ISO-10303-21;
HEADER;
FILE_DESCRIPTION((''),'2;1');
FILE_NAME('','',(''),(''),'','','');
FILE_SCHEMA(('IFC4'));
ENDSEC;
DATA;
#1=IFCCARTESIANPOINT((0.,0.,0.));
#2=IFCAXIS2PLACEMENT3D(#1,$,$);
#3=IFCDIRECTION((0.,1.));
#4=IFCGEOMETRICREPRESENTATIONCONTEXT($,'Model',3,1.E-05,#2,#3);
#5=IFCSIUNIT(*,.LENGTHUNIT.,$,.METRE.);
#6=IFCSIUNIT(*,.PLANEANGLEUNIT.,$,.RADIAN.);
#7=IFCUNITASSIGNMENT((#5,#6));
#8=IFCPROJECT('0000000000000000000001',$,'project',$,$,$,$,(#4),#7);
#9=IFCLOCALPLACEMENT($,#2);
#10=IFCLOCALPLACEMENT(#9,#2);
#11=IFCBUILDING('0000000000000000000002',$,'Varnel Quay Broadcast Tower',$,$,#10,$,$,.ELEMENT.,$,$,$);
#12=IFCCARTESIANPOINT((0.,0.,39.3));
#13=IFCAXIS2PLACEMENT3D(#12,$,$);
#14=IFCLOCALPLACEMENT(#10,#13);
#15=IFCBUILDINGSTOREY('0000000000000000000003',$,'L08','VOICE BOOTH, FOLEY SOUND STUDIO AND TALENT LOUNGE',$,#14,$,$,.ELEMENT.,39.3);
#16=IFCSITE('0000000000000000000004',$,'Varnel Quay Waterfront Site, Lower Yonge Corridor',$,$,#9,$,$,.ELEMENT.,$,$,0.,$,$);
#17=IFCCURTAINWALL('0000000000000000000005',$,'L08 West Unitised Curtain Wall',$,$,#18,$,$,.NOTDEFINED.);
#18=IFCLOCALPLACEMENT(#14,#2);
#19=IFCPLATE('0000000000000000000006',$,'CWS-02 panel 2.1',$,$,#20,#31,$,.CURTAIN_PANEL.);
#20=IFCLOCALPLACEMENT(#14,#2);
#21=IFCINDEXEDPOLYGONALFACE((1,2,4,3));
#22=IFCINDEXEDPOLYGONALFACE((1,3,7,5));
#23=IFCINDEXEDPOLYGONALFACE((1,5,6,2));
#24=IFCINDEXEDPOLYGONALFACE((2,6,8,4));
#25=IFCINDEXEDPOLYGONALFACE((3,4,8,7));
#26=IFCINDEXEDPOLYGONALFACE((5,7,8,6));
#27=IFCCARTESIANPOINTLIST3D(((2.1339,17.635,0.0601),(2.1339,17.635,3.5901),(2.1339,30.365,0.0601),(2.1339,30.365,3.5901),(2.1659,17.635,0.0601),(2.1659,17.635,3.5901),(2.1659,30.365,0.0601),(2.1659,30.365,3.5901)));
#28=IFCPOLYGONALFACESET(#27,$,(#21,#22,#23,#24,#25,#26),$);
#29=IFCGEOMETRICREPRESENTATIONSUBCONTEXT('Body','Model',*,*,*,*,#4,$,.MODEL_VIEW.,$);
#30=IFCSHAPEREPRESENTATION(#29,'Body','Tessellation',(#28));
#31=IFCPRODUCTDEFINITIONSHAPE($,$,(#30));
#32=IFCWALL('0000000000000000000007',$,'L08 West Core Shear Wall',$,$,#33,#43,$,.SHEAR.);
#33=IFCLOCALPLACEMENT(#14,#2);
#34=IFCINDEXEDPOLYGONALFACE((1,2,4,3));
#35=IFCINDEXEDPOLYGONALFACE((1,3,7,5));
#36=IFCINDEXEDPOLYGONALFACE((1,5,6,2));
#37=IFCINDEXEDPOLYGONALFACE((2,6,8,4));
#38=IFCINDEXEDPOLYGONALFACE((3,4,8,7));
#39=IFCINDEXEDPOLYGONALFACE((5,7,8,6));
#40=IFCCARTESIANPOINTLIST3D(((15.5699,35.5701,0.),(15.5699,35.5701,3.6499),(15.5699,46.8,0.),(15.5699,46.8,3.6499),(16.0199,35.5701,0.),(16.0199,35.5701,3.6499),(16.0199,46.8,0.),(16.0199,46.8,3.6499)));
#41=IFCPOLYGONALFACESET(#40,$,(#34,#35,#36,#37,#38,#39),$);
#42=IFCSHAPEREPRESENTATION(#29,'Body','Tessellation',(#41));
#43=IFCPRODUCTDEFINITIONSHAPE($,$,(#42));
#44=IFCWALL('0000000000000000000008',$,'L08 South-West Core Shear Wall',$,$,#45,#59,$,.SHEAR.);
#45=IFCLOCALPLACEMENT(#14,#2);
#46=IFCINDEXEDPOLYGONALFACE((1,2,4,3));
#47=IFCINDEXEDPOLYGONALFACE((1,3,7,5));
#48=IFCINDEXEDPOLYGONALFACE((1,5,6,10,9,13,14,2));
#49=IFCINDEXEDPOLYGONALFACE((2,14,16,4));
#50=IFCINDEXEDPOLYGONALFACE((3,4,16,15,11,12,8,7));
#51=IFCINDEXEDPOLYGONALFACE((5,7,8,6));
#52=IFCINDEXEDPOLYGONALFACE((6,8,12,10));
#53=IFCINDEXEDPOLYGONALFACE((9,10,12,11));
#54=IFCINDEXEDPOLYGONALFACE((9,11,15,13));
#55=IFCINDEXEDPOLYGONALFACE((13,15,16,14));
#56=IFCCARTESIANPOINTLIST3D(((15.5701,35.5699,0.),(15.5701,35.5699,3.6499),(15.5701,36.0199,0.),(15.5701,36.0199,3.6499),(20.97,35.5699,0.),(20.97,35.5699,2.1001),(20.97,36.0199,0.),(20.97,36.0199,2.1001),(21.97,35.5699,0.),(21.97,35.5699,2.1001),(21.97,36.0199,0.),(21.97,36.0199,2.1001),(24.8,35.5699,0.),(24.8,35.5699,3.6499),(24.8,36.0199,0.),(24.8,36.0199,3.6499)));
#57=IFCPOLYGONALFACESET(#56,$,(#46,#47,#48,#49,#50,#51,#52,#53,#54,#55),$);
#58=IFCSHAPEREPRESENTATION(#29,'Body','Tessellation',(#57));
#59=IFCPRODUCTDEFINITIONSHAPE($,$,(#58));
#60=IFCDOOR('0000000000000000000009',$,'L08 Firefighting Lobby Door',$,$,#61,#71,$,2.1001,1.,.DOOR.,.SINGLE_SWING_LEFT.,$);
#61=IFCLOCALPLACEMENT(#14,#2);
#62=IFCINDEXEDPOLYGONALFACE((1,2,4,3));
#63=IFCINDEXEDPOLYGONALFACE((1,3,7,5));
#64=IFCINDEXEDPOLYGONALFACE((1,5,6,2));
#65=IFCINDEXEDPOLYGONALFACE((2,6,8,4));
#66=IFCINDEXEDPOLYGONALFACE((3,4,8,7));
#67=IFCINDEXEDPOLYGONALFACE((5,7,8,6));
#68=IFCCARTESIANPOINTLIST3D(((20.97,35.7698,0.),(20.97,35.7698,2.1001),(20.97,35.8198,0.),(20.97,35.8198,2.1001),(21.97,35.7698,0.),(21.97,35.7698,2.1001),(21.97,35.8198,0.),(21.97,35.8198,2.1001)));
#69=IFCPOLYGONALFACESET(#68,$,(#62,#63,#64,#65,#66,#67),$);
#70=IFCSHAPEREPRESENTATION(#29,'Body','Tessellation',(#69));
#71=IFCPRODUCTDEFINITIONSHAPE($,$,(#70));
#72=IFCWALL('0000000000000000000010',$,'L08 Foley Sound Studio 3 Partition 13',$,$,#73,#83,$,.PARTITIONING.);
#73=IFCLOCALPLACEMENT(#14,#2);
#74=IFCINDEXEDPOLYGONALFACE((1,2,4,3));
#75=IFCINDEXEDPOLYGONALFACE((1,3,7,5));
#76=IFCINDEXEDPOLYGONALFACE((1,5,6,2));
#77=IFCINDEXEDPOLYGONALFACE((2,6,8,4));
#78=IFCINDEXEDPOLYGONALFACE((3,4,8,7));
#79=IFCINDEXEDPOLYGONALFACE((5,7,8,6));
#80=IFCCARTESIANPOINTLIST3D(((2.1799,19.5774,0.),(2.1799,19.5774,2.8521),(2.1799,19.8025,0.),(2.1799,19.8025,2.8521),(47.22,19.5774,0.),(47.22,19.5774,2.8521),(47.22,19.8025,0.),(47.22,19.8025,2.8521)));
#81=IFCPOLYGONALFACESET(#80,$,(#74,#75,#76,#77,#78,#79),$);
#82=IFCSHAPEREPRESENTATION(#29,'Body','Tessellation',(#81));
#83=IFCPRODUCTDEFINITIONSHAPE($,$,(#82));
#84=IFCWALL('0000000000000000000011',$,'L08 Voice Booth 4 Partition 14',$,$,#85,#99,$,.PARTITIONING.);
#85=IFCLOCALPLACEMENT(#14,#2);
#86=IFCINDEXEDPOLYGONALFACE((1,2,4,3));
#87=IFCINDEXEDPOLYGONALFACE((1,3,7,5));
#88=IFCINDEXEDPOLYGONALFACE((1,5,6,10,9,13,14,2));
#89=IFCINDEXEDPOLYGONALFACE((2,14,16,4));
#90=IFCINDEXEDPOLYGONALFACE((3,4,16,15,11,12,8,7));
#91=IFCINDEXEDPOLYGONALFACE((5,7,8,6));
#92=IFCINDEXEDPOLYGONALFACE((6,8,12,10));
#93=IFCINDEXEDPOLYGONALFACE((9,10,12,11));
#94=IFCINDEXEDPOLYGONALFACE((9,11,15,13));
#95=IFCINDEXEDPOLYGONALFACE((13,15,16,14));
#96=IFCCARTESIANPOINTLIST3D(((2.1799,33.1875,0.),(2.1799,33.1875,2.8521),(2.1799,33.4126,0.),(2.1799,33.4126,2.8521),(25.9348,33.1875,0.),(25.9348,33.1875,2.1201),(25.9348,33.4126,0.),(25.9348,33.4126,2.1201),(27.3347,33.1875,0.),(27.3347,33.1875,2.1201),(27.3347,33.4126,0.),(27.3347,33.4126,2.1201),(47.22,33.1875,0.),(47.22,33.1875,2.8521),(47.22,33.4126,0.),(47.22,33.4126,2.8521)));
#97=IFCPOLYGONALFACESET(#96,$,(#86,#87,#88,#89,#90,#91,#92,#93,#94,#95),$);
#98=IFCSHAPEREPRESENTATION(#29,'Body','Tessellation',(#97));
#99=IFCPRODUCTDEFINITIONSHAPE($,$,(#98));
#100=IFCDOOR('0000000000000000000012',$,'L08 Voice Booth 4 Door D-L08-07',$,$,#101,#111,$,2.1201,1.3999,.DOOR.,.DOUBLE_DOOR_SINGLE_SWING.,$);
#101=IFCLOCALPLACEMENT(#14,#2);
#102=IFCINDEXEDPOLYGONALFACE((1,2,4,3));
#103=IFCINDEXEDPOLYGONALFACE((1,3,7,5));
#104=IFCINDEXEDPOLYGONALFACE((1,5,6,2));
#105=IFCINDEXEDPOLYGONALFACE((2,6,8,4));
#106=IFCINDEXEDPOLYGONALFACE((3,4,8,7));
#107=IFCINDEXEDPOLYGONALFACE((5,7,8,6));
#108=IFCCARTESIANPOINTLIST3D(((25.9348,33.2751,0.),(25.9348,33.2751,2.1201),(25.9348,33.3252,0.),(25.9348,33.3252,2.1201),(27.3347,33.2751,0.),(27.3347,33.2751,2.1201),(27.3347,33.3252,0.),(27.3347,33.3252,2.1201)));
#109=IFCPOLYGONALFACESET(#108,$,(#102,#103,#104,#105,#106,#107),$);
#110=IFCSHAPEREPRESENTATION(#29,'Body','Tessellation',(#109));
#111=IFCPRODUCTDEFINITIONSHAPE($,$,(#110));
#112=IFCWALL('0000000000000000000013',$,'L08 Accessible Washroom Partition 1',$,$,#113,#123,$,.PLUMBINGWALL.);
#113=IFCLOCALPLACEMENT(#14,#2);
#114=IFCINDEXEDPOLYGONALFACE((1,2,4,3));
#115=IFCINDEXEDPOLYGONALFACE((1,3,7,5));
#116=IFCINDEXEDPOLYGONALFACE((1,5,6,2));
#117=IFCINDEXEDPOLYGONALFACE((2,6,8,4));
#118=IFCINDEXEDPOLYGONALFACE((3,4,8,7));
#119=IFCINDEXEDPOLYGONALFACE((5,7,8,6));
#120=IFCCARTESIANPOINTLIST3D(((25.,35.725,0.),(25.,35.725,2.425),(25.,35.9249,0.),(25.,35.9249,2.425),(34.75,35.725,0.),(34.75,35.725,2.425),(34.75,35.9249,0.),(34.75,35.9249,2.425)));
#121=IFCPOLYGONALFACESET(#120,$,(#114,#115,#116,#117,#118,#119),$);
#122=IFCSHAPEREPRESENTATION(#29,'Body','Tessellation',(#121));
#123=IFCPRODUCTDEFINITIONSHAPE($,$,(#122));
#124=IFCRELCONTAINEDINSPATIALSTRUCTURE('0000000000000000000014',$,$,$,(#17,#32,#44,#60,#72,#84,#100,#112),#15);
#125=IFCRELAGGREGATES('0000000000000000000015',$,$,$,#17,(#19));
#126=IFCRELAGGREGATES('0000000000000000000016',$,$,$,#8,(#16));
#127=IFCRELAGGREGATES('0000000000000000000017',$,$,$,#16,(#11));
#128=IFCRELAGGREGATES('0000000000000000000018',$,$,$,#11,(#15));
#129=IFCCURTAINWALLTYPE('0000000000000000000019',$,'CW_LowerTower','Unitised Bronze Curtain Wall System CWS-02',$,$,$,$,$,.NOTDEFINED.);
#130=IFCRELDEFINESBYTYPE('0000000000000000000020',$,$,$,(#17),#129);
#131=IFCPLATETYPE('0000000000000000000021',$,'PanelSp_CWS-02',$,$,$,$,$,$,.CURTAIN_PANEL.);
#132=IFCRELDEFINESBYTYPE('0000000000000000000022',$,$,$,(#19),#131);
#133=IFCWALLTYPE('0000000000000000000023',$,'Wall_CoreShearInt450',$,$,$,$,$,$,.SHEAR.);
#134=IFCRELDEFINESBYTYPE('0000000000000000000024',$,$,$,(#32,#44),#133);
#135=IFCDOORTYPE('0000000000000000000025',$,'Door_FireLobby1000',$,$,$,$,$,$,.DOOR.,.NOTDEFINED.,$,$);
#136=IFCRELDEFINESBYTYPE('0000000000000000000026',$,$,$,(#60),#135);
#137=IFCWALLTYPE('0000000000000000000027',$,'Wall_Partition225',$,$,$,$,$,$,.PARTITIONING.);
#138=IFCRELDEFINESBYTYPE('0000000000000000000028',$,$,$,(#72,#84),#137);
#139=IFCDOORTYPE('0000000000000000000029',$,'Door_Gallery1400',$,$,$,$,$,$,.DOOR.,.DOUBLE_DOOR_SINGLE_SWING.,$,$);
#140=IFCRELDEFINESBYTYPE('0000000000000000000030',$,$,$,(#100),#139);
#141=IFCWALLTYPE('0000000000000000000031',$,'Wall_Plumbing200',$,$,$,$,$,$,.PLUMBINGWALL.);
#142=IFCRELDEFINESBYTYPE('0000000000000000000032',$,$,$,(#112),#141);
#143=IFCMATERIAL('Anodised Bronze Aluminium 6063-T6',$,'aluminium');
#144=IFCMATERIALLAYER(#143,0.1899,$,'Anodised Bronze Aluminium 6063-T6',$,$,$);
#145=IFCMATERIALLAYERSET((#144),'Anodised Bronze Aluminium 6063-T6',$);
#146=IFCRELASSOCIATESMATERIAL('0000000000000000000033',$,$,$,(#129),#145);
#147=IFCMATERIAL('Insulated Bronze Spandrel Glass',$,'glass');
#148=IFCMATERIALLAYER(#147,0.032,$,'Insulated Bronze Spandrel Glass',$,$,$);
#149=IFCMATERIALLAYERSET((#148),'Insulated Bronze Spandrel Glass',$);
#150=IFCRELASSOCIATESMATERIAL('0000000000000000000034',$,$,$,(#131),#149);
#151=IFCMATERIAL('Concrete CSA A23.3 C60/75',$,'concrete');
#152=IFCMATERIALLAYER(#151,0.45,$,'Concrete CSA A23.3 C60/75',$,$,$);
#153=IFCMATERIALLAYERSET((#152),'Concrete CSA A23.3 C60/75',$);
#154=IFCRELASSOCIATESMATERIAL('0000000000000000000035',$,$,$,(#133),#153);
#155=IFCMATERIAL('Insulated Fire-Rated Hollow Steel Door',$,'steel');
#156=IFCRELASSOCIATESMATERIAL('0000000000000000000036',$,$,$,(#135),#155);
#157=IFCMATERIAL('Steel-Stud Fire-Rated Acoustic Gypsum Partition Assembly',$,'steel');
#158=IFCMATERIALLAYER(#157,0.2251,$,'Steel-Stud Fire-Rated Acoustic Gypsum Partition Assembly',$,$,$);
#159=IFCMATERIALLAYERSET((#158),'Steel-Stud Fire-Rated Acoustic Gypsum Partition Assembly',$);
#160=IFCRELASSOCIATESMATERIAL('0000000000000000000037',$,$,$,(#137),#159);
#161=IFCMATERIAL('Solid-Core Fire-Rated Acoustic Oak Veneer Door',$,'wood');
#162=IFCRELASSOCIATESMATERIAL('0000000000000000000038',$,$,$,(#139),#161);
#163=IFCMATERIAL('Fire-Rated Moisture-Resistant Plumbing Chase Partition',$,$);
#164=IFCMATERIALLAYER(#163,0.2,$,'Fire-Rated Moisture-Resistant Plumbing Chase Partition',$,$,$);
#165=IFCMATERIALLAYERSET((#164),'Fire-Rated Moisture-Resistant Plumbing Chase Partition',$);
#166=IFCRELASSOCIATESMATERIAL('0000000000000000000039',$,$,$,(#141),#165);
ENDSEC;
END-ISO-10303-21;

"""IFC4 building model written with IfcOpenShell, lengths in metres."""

from ifc_helpers import new_model, si_unit, direction, frame, frame_2d, origin, origin_2d, place, context, subcontext, project, spatial, rectangle, extrude, source, transform, mapped, material, layer, layer_set, type_object, type_shapes, element, fill, aggregate, save


model = new_model("IFC4")

# Units and contexts
model_context = context("Model", 3, precision=1e-05, world=origin(), true_north=direction((0.0, 1.0)))
body_context = subcontext(model_context, "Body", "Model", "MODEL_VIEW")
ifc_project = project(units=[si_unit("LENGTHUNIT", "METRE"), si_unit("PLANEANGLEUNIT", "RADIAN")], contexts=[model_context])

# Site, building, storey
site_placement = place(None, origin())
site = spatial("IfcSite", under=ifc_project, at=site_placement, Name="Varnel Quay Waterfront Site, Lower Yonge Corridor", CompositionType="ELEMENT", RefElevation=0.0)
building_placement = place(site_placement, origin())
building = spatial("IfcBuilding", under=site, at=building_placement, Name="Varnel Quay Broadcast Tower", CompositionType="ELEMENT")
storey_placement = place(building_placement, frame((0.0, 0.0, 39.3)))
storey = spatial("IfcBuildingStorey", under=building, at=storey_placement, Name="L08", Description="VOICE BOOTH, FOLEY SOUND STUDIO AND TALENT LOUNGE", CompositionType="ELEMENT", Elevation=39.3)

# Shared definitions
ifc_material_1 = material(Name="Concrete CSA A23.3 C60/75", Category="concrete")

# Curtain wall
ifc_material_2 = material(Name="Anodised Bronze Aluminium 6063-T6", Category="aluminium")
ifc_layer_1 = layer(ifc_material_2, 0.1899, Name="Anodised Bronze Aluminium 6063-T6")
ifc_layer_set_1 = layer_set([ifc_layer_1], Name="Anodised Bronze Aluminium 6063-T6")
curtain_wall_type = type_object("IfcCurtainWallType", Name="CW_LowerTower", Description="Unitised Bronze Curtain Wall System CWS-02", PredefinedType="NOTDEFINED", material=ifc_layer_set_1)
curtain_wall_placement = place(storey_placement, origin())
curtain_wall = element("IfcCurtainWall", 1, at=curtain_wall_placement, inside=storey, type_object=curtain_wall_type, Name="L08 West Unitised Curtain Wall", PredefinedType="NOTDEFINED")

# Plate
ifc_material_3 = material(Name="Insulated Bronze Spandrel Glass", Category="glass")
ifc_layer_2 = layer(ifc_material_3, 0.032, Name="Insulated Bronze Spandrel Glass")
ifc_layer_set_2 = layer_set([ifc_layer_2], Name="Insulated Bronze Spandrel Glass")
plate_type_1 = type_object("IfcPlateType", Name="PanelSp_CWS-02", PredefinedType="CURTAIN_PANEL", material=ifc_layer_set_2)
shared_shape_1 = source(origin(), body_context, "Body", "SweptSolid", [
    extrude(rectangle(XDim=12.73, YDim=0.032, at=origin_2d()), origin(), (0.0, 0.0, 1.0), 3.53),
])
type_shapes(plate_type_1, [shared_shape_1])
plate_placement = place(storey_placement, frame((2.1499, 24.0, 0.0601), z_axis=(0.0, 0.0, 1.0), x_axis=(0.0, 1.0, 0.0)))
plate = element("IfcPlate", 2, at=plate_placement, type_object=plate_type_1, Name="CWS-02 panel 2.1", PredefinedType="CURTAIN_PANEL", context=body_context, shape_type="MappedRepresentation", body=[
    mapped(shared_shape_1, transform((0.0, 0.0, 0.0), x_axis=(1.0, 0.0, 0.0), y_axis=(0.0, 1.0, 0.0), z_axis=(0.0, 0.0, 1.0), scale=1.0)),
])
aggregate(curtain_wall, [plate])

# Wall
ifc_layer_3 = layer(ifc_material_1, 0.45, Name="Concrete CSA A23.3 C60/75")
ifc_layer_set_3 = layer_set([ifc_layer_3], Name="Concrete CSA A23.3 C60/75")
wall_type_1 = type_object("IfcWallType", Name="Wall_CoreShearInt450", PredefinedType="SHEAR", material=ifc_layer_set_3)
wall_1_placement = place(storey_placement, frame((15.7949, 35.5701, 0.0), z_axis=(0.0, 0.0, 1.0), x_axis=(0.0, 1.0, 0.0)))
element("IfcWall", 3, at=wall_1_placement, inside=storey, type_object=wall_type_1, Name="L08 West Core Shear Wall", PredefinedType="SHEAR", context=body_context, shape_type="SweptSolid", body=[
    extrude(rectangle(XDim=11.23, YDim=0.45, at=frame_2d((5.615, 0.0))), origin(), (0.0, 0.0, 1.0), 3.6499),
])

# Wall, opening, door
wall_2_placement = place(storey_placement, frame((15.5701, 35.7949, 0.0), z_axis=(0.0, 0.0, 1.0), x_axis=(1.0, 0.0, 0.0)))
wall_2 = element("IfcWall", 4, at=wall_2_placement, inside=storey, type_object=wall_type_1, Name="L08 South-West Core Shear Wall", PredefinedType="SHEAR", context=body_context, shape_type="SweptSolid", body=[
    extrude(rectangle(XDim=9.23, YDim=0.45, at=frame_2d((4.615, 0.0))), origin(), (0.0, 0.0, 1.0), 3.6499),
])
opening_1_placement = place(wall_2_placement, frame((5.3999, 0.0, 0.0)))
opening_1 = element("IfcOpeningElement", 5, at=opening_1_placement, cuts=wall_2, PredefinedType="OPENING", context=body_context, shape_type="SweptSolid", body=[
    extrude(rectangle(XDim=1.0, YDim=2.1001, at=frame_2d((0.5, 1.05))), frame((0.0, 0.2349, 0.0), z_axis=(0.0, -1.0, 0.0), x_axis=(1.0, 0.0, 0.0)), (0.0, 0.0, 1.0), 0.47),
])
ifc_material_4 = material(Name="Insulated Fire-Rated Hollow Steel Door", Category="steel")
door_type_1 = type_object("IfcDoorType", Name="Door_FireLobby1000", OperationType="NOTDEFINED", PredefinedType="DOOR", material=ifc_material_4)
shared_shape_2 = source(origin(), body_context, "Body", "SweptSolid", [
    extrude(rectangle(XDim=1.0, YDim=2.1001, at=frame_2d((0.5, 1.05))), frame((0.0, 0.0249, 0.0), z_axis=(0.0, -1.0, 0.0), x_axis=(1.0, 0.0, 0.0)), (0.0, 0.0, 1.0), 0.05),
])
type_shapes(door_type_1, [shared_shape_2])
door_1_placement = place(opening_1_placement, origin())
door_1 = element("IfcDoor", 6, at=door_1_placement, inside=storey, type_object=door_type_1, Name="L08 Firefighting Lobby Door", OperationType="SINGLE_SWING_LEFT", OverallHeight=2.1001, OverallWidth=1.0, PredefinedType="DOOR", context=body_context, shape_type="MappedRepresentation", body=[
    mapped(shared_shape_2, transform((0.0, 0.0, 0.0), x_axis=(1.0, 0.0, 0.0), y_axis=(0.0, 1.0, 0.0), z_axis=(0.0, 0.0, 1.0), scale=1.0)),
])
fill(opening_1, door_1)

# Wall
ifc_material_5 = material(Name="Steel-Stud Fire-Rated Acoustic Gypsum Partition Assembly", Category="steel")
ifc_layer_4 = layer(ifc_material_5, 0.2251, Name="Steel-Stud Fire-Rated Acoustic Gypsum Partition Assembly")
ifc_layer_set_4 = layer_set([ifc_layer_4], Name="Steel-Stud Fire-Rated Acoustic Gypsum Partition Assembly")
wall_type_2 = type_object("IfcWallType", Name="Wall_Partition225", PredefinedType="PARTITIONING", material=ifc_layer_set_4)
wall_3_placement = place(storey_placement, frame((2.1799, 19.6899, 0.0), z_axis=(0.0, 0.0, 1.0), x_axis=(1.0, 0.0, 0.0)))
element("IfcWall", 7, at=wall_3_placement, inside=storey, type_object=wall_type_2, Name="L08 Foley Sound Studio 3 Partition 13", PredefinedType="PARTITIONING", context=body_context, shape_type="SweptSolid", body=[
    extrude(rectangle(XDim=45.04, YDim=0.2251, at=frame_2d((22.52, 0.0))), origin(), (0.0, 0.0, 1.0), 2.8521),
])

# Wall, opening, door
wall_4_placement = place(storey_placement, frame((2.1799, 33.3, 0.0), z_axis=(0.0, 0.0, 1.0), x_axis=(1.0, 0.0, 0.0)))
wall_4 = element("IfcWall", 8, at=wall_4_placement, inside=storey, type_object=wall_type_2, Name="L08 Voice Booth 4 Partition 14", PredefinedType="PARTITIONING", context=body_context, shape_type="SweptSolid", body=[
    extrude(rectangle(XDim=45.04, YDim=0.2251, at=frame_2d((22.52, 0.0))), origin(), (0.0, 0.0, 1.0), 2.8521),
])
opening_2_placement = place(wall_4_placement, frame((23.7549, 0.0, 0.0)))
opening_2 = element("IfcOpeningElement", 9, at=opening_2_placement, cuts=wall_4, PredefinedType="OPENING", context=body_context, shape_type="SweptSolid", body=[
    extrude(rectangle(XDim=1.3999, YDim=2.1201, at=frame_2d((0.7, 1.0601))), frame((0.0, 0.1226, 0.0), z_axis=(0.0, -1.0, 0.0), x_axis=(1.0, 0.0, 0.0)), (0.0, 0.0, 1.0), 0.2451),
])
ifc_material_6 = material(Name="Solid-Core Fire-Rated Acoustic Oak Veneer Door", Category="wood")
door_type_2 = type_object("IfcDoorType", Name="Door_Gallery1400", OperationType="DOUBLE_DOOR_SINGLE_SWING", PredefinedType="DOOR", material=ifc_material_6)
shared_shape_3 = source(origin(), body_context, "Body", "SweptSolid", [
    extrude(rectangle(XDim=1.3999, YDim=2.1201, at=frame_2d((0.7, 1.0601))), frame((0.0, 0.0249, 0.0), z_axis=(0.0, -1.0, 0.0), x_axis=(1.0, 0.0, 0.0)), (0.0, 0.0, 1.0), 0.05),
])
type_shapes(door_type_2, [shared_shape_3])
door_2_placement = place(opening_2_placement, frame((1.3999, 0.0, 0.0), z_axis=(0.0, 0.0, 1.0), x_axis=(-1.0, 0.0, 0.0)))
door_2 = element("IfcDoor", 10, at=door_2_placement, inside=storey, type_object=door_type_2, Name="L08 Voice Booth 4 Door D-L08-07", OperationType="DOUBLE_DOOR_SINGLE_SWING", OverallHeight=2.1201, OverallWidth=1.3999, PredefinedType="DOOR", context=body_context, shape_type="MappedRepresentation", body=[
    mapped(shared_shape_3, transform((0.0, 0.0, 0.0), x_axis=(1.0, 0.0, 0.0), y_axis=(0.0, 1.0, 0.0), z_axis=(0.0, 0.0, 1.0), scale=1.0)),
])
fill(opening_2, door_2)

# Wall
ifc_material_7 = material(Name="Fire-Rated Moisture-Resistant Plumbing Chase Partition")
ifc_layer_5 = layer(ifc_material_7, 0.2, Name="Fire-Rated Moisture-Resistant Plumbing Chase Partition")
ifc_layer_set_5 = layer_set([ifc_layer_5], Name="Fire-Rated Moisture-Resistant Plumbing Chase Partition")
wall_type_3 = type_object("IfcWallType", Name="Wall_Plumbing200", PredefinedType="PLUMBINGWALL", material=ifc_layer_set_5)
wall_5_placement = place(storey_placement, frame((25.0, 35.825, 0.0), z_axis=(0.0, 0.0, 1.0), x_axis=(1.0, 0.0, 0.0)))
element("IfcWall", 11, at=wall_5_placement, inside=storey, type_object=wall_type_3, Name="L08 Accessible Washroom Partition 1", PredefinedType="PLUMBINGWALL", context=body_context, shape_type="SweptSolid", body=[
    extrude(rectangle(XDim=9.75, YDim=0.2, at=frame_2d((4.875, 0.0))), origin(), (0.0, 0.0, 1.0), 2.425),
])

save(model, "model.ifc")
